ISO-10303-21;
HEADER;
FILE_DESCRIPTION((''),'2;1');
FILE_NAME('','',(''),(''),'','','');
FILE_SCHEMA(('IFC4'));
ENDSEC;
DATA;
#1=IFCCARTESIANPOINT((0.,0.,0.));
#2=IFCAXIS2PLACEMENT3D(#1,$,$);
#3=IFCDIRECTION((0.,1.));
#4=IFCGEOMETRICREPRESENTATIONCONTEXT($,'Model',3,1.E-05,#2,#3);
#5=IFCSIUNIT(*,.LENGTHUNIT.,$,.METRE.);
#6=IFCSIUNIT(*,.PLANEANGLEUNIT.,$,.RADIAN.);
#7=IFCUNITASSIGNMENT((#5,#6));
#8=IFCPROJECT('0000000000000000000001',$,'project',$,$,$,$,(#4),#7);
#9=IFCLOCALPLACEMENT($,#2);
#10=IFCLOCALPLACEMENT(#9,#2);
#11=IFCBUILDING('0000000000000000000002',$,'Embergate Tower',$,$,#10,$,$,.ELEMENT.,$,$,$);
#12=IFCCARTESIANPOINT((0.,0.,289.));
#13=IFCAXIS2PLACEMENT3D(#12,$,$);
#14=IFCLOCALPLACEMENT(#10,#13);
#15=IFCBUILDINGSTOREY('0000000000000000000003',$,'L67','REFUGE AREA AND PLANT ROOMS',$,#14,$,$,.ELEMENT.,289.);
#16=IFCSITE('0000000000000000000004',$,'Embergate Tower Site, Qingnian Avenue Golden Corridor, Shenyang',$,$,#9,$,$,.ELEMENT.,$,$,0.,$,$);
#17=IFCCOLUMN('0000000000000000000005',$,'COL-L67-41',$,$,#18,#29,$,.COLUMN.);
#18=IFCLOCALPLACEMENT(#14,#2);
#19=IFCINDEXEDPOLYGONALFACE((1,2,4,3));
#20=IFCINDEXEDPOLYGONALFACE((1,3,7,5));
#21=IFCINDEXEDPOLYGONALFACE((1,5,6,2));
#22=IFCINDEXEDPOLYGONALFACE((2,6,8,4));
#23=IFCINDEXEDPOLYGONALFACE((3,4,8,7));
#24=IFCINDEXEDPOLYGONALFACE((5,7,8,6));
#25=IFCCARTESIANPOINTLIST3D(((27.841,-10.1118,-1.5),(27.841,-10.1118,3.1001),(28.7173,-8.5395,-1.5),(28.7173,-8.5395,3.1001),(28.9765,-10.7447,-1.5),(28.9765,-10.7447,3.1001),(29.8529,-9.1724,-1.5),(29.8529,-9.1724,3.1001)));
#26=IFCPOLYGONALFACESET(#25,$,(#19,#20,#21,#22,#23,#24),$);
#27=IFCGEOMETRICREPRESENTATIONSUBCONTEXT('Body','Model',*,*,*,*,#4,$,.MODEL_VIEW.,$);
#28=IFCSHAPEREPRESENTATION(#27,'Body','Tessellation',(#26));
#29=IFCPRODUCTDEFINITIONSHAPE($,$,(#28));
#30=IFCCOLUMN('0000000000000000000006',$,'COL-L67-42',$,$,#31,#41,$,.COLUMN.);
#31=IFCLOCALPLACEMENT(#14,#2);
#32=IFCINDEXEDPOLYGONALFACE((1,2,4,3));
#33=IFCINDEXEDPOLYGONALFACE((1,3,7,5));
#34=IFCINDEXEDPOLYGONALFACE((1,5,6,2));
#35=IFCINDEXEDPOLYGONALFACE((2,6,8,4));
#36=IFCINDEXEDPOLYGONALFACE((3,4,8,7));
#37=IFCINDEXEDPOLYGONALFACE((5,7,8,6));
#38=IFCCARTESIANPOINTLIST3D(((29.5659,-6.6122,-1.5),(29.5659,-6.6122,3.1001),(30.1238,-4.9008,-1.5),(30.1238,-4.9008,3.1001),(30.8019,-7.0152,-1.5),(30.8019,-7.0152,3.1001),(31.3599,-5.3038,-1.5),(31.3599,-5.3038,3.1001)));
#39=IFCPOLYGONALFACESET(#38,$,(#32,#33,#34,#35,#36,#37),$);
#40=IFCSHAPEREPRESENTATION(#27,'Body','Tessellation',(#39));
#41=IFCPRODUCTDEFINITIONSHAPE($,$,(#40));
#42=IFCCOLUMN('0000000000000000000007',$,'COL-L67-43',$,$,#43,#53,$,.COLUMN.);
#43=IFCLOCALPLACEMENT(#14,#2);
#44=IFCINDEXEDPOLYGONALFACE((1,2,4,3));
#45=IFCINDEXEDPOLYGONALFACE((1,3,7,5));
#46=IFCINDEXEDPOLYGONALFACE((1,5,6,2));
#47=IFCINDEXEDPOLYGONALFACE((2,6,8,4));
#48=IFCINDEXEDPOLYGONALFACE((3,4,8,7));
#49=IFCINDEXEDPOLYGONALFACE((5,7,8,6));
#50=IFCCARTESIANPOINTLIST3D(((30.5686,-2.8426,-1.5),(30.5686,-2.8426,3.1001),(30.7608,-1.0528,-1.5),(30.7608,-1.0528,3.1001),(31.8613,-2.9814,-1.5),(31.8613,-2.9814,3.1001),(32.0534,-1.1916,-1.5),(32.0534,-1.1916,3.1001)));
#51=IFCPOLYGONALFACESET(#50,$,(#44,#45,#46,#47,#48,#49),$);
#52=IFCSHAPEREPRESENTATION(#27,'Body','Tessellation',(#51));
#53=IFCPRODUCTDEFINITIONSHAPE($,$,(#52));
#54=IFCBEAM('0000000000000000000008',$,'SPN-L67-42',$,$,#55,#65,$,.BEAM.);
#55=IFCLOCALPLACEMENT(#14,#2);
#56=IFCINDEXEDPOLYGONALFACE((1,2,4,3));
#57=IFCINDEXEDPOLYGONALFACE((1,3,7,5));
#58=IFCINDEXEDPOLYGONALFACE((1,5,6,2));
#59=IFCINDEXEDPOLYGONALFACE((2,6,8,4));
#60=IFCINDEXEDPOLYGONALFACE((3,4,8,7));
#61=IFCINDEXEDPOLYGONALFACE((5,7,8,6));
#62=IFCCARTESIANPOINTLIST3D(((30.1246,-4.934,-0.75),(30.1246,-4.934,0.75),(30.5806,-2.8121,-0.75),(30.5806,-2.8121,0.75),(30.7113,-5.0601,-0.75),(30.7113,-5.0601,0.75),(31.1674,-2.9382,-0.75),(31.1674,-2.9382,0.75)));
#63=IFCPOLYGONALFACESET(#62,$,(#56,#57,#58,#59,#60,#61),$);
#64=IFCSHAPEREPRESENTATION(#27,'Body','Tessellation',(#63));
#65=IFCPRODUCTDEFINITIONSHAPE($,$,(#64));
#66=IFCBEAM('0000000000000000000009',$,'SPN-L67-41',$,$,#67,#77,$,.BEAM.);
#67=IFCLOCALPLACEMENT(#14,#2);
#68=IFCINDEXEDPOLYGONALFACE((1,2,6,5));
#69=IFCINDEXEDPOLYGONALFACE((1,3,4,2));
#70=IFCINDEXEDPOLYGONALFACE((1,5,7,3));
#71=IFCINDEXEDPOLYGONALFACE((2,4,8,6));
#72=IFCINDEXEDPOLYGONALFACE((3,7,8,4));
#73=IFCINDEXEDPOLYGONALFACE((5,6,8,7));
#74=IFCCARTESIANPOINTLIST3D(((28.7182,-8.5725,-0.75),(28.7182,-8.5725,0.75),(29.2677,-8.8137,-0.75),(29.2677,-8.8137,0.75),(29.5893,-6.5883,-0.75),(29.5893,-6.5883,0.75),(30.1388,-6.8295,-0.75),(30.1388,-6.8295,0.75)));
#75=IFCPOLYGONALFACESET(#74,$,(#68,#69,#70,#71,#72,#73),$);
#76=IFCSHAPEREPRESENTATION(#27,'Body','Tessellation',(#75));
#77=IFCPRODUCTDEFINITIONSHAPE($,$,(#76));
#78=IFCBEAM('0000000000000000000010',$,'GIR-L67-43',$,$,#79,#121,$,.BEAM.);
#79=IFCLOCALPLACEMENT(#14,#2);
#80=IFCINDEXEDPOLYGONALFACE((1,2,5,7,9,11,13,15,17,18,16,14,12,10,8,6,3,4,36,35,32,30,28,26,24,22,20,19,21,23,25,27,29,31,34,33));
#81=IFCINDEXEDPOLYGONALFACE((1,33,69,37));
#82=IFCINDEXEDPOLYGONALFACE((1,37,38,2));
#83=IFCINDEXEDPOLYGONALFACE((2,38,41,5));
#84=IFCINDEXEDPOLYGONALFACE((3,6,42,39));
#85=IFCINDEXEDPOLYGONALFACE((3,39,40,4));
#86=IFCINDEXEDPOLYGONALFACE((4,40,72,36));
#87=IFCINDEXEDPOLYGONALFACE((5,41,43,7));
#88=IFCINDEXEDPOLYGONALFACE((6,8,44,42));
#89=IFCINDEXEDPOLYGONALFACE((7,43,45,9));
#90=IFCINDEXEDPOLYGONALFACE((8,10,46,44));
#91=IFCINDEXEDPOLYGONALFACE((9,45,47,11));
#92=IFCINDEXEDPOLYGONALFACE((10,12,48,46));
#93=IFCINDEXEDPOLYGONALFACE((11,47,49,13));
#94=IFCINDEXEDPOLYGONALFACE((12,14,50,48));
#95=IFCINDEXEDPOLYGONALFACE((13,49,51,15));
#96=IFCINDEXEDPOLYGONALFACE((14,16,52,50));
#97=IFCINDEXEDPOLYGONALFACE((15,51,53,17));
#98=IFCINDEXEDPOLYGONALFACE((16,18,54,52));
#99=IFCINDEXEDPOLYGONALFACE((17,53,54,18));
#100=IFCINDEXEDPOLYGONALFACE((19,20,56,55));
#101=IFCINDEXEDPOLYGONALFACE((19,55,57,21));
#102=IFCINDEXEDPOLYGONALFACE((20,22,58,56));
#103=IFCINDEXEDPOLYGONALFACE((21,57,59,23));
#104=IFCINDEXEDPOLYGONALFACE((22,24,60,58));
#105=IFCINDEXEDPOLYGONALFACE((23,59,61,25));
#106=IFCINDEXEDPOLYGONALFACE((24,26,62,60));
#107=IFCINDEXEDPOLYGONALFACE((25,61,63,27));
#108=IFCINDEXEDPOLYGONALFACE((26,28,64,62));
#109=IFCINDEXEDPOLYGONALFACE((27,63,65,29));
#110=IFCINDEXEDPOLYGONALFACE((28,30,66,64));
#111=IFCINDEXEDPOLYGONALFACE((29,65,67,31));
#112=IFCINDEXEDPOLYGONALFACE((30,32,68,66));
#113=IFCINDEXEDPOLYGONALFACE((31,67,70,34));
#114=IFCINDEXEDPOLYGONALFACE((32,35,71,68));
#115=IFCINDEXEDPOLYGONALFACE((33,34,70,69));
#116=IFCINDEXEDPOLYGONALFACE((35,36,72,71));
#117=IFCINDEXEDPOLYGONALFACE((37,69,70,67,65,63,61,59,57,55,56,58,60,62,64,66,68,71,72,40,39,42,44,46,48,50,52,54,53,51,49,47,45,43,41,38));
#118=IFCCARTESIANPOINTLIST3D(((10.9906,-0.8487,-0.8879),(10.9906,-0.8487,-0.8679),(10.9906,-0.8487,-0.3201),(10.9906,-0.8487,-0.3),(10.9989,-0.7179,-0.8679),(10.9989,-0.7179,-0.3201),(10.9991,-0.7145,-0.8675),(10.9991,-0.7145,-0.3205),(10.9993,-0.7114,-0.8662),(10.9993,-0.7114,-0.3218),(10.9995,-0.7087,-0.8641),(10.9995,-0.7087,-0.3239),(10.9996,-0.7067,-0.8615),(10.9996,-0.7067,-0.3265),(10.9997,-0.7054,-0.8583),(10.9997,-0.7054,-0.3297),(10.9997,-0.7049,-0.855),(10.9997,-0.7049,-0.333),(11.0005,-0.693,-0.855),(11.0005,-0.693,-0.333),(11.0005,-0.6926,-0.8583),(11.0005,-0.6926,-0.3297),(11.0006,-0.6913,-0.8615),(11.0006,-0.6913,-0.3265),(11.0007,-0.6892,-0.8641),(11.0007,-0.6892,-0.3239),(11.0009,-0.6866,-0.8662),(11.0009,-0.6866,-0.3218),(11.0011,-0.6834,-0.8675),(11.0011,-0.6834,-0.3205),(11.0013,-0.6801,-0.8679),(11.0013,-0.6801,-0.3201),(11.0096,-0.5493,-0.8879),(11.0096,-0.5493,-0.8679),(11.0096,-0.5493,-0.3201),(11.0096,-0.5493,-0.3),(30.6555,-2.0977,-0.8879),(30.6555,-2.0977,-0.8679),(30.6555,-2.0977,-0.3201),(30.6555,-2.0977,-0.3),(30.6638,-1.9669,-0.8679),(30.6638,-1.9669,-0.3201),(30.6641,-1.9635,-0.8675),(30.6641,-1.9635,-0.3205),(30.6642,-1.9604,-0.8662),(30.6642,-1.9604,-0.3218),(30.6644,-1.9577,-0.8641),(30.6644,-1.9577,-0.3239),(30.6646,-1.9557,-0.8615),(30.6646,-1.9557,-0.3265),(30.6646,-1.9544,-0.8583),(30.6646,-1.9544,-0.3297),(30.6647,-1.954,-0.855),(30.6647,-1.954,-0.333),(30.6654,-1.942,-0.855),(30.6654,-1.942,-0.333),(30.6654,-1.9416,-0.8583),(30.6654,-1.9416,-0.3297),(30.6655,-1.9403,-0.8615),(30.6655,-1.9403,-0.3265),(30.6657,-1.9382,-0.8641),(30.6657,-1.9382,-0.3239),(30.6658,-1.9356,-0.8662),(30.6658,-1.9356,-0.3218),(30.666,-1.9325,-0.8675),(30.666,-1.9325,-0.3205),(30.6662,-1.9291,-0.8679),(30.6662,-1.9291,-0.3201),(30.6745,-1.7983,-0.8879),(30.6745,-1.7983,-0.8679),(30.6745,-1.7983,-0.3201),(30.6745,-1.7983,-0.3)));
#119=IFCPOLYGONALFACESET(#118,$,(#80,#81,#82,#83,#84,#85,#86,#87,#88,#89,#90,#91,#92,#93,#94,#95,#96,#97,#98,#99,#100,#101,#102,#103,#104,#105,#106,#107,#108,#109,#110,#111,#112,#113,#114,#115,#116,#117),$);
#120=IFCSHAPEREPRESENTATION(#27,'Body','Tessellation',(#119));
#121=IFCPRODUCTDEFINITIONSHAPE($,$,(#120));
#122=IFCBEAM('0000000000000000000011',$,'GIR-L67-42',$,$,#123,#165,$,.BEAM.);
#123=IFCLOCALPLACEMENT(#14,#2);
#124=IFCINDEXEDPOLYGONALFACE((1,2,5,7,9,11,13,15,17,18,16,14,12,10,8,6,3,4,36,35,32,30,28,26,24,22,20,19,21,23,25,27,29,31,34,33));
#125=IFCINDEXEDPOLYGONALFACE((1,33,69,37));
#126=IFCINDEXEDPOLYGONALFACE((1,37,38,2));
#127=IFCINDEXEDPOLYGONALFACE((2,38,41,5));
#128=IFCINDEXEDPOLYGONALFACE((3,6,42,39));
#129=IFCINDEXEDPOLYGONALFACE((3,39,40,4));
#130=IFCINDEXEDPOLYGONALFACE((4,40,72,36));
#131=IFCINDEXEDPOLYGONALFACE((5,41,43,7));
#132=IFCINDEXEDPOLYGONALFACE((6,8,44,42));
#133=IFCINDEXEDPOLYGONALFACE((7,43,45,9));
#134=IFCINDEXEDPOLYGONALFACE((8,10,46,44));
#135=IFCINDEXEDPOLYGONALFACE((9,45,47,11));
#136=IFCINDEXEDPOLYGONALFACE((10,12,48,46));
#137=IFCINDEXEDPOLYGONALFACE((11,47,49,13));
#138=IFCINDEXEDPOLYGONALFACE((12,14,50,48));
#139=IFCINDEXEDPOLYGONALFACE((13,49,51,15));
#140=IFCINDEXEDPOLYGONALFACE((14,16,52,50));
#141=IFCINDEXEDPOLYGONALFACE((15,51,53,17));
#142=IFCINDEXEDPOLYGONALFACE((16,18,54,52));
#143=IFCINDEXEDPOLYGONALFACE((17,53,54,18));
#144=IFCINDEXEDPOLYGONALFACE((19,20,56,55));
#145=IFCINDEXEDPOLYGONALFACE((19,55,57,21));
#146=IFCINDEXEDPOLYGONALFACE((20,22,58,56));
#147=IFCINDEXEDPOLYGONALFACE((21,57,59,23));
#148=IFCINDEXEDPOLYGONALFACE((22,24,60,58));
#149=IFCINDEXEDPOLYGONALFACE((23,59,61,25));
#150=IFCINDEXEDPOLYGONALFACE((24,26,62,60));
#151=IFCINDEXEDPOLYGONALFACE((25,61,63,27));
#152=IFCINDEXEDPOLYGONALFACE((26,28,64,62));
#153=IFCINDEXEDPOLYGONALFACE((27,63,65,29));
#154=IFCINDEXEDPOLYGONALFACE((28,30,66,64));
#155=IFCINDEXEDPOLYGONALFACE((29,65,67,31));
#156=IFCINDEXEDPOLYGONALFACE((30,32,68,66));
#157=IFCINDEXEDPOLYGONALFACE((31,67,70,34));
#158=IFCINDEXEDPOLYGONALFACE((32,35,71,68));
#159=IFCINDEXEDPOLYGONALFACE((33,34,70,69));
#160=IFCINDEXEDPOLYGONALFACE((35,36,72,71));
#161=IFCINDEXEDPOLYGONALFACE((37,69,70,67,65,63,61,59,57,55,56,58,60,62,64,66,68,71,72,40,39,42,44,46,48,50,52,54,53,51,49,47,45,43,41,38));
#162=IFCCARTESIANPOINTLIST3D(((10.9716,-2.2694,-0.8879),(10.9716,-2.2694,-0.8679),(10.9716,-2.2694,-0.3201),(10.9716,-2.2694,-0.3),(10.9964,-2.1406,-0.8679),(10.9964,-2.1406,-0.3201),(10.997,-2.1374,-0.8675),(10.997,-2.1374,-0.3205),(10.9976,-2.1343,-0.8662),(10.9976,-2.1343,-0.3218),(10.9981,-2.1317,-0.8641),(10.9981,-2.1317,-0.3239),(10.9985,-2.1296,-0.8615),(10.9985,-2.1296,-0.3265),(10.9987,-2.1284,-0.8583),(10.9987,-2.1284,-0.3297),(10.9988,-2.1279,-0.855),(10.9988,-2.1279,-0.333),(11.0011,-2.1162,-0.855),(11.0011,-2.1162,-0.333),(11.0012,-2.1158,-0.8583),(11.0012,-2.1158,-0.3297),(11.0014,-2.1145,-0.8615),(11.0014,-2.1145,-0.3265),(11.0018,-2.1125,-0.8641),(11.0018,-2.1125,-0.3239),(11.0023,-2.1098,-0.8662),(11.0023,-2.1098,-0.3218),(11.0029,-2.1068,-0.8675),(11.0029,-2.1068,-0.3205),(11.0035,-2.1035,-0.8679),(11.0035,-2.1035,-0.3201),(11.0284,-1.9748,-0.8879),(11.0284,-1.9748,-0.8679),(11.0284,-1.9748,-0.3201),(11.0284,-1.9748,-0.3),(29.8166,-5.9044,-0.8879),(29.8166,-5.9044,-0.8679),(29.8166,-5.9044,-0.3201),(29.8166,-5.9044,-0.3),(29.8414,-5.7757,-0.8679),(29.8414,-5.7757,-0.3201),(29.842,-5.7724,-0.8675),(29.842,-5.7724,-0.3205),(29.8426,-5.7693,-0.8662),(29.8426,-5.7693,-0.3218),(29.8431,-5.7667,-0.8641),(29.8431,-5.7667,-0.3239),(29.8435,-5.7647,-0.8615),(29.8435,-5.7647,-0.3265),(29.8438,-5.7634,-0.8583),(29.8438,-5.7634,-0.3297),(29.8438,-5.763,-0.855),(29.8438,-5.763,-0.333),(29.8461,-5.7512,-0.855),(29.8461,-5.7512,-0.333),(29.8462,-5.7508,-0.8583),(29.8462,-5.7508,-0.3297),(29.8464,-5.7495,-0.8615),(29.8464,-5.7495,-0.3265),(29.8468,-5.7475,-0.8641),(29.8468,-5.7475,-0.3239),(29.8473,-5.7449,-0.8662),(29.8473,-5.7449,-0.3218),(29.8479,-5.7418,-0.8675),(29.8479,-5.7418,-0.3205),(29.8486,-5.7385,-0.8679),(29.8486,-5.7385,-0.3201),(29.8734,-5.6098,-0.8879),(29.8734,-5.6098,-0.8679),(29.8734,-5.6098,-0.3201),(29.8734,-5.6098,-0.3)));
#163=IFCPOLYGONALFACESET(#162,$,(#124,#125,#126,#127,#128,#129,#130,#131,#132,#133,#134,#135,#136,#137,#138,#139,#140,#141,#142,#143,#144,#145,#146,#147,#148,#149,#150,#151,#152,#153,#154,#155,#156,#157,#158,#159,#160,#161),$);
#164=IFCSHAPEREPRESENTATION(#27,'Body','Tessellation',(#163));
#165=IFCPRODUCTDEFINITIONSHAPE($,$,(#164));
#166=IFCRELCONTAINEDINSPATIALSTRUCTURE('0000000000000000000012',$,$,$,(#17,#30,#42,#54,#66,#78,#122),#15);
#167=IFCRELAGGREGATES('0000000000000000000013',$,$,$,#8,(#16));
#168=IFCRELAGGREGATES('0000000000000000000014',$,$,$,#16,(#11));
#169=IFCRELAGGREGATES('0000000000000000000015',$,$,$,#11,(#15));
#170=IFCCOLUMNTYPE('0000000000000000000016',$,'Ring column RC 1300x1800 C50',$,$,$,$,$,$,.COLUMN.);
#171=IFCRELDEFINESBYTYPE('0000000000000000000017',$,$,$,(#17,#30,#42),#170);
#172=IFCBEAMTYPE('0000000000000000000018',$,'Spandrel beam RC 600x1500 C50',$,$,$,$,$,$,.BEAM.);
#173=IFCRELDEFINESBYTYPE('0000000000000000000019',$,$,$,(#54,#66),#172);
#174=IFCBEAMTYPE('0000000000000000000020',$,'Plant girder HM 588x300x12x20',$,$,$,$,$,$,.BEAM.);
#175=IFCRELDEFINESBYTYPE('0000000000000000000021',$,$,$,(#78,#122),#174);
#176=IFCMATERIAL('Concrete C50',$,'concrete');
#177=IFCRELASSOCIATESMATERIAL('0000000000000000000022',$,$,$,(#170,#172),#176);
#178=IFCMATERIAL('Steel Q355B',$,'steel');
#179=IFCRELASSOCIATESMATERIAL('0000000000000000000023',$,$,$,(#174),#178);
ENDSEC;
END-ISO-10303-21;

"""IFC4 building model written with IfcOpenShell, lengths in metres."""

from ifc_helpers import new_model, si_unit, direction, frame, origin, origin_2d, place, context, subcontext, project, spatial, rectangle, i_section, extrude, source, transform, mapped, material, material_profile, profile_set, type_object, element, save


model = new_model("IFC4")

# Units and contexts
model_context = context("Model", 3, precision=1e-05, world=origin(), true_north=direction((0.0, 1.0)))
body_context = subcontext(model_context, "Body", "Model", "MODEL_VIEW")
ifc_project = project(units=[si_unit("LENGTHUNIT", "METRE"), si_unit("PLANEANGLEUNIT", "RADIAN")], contexts=[model_context])

# Site, building, storey
site_placement = place(None, origin())
site = spatial("IfcSite", under=ifc_project, at=site_placement, Name="Embergate Tower Site, Qingnian Avenue Golden Corridor, Shenyang", CompositionType="ELEMENT", RefElevation=0.0)
building_placement = place(site_placement, origin())
building = spatial("IfcBuilding", under=site, at=building_placement, Name="Embergate Tower", CompositionType="ELEMENT")
storey_placement = place(building_placement, frame((0.0, 0.0, 289.0)))
storey = spatial("IfcBuildingStorey", under=building, at=storey_placement, Name="L67", Description="REFUGE AREA AND PLANT ROOMS", CompositionType="ELEMENT", Elevation=289.0)

# Columns
ifc_material_1 = material(Name="Concrete C50", Category="concrete")
ifc_material_profile_1 = material_profile(ifc_material_1, rectangle(XDim=1.3, YDim=1.8, at=origin_2d()), Name="RC 1300x1800")
ifc_profile_set_1 = profile_set([ifc_material_profile_1], Name="Concrete C50")
column_type = type_object("IfcColumnType", Name="Ring column RC 1300x1800 C50", PredefinedType="COLUMN", material=ifc_profile_set_1)
shared_shape_1 = source(origin(), body_context, "Body", "SweptSolid", [
    extrude(rectangle(XDim=1.3, YDim=1.8, at=origin_2d()), origin(), (0.0, 0.0, 1.0), 4.6001),
])
for number, where, z_axis, x_axis, name in (
    (1, (28.8469, -9.6421, -1.5), (0.0, 0.0, 1.0), (0.873492, -0.486839, 0.0), "COL-L67-41"),
    (2, (30.4629, -5.958, -1.5), (0.0, 0.0, 1.0), (0.950754, -0.309946, 0.0), "COL-L67-42"),
    (3, (31.311, -2.0171, -1.5), (0.0, 0.0, 1.0), (0.994286, -0.10675, 0.0), "COL-L67-43"),
):
    element("IfcColumn", number, at=place(storey_placement, frame(where, z_axis=z_axis, x_axis=x_axis)), inside=storey, type_object=column_type, Name=name, PredefinedType="COLUMN", context=body_context, shape_type="MappedRepresentation", body=[
        mapped(shared_shape_1, transform((0.0, 0.0, 0.0))),
    ])

# Beams
ifc_material_profile_2 = material_profile(ifc_material_1, rectangle(XDim=0.6001, YDim=1.5, at=origin_2d()), Name="RC 600x1500")
ifc_profile_set_2 = profile_set([ifc_material_profile_2], Name="Concrete C50")
beam_type_1 = type_object("IfcBeamType", Name="Spandrel beam RC 600x1500 C50", PredefinedType="BEAM", material=ifc_profile_set_2)
shared_shape_2 = source(origin(), body_context, "Body", "SweptSolid", [
    extrude(rectangle(XDim=0.6001, YDim=1.5, at=origin_2d()), origin(), (0.0, 0.0, 1.0), 2.1704),
])
beam_1_placement = place(storey_placement, frame((30.418, -4.9971, 0.0), z_axis=(0.210113, 0.977677, 0.0), x_axis=(-0.977677, 0.210113, 0.0)))
element("IfcBeam", 4, at=beam_1_placement, inside=storey, type_object=beam_type_1, Name="SPN-L67-42", PredefinedType="BEAM", context=body_context, shape_type="MappedRepresentation", body=[
    mapped(shared_shape_2, transform((0.0, 0.0, 0.0))),
])
shared_shape_3 = source(origin(), body_context, "Body", "SweptSolid", [
    extrude(rectangle(XDim=0.6001, YDim=1.5, at=origin_2d()), origin(), (0.0, 0.0, 1.0), 2.167),
])
beam_2_placement = place(storey_placement, frame((28.9929, -8.6931, 0.0), z_axis=(0.401995, 0.915642, 0.0), x_axis=(-0.915642, 0.401995, 0.0)))
element("IfcBeam", 5, at=beam_2_placement, inside=storey, type_object=beam_type_1, Name="SPN-L67-41", PredefinedType="BEAM", context=body_context, shape_type="MappedRepresentation", body=[
    mapped(shared_shape_3, transform((0.0, 0.0, 0.0))),
])
ifc_material_2 = material(Name="Steel Q355B", Category="steel")
ifc_material_profile_3 = material_profile(ifc_material_2, i_section(OverallWidth=0.3, OverallDepth=0.5879, WebThickness=0.012, FlangeThickness=0.02, FilletRadius=0.0129, at=origin_2d()), Name="HM 588x300x12x20")
ifc_profile_set_3 = profile_set([ifc_material_profile_3], Name="Steel Q355 grade B")
beam_type_2 = type_object("IfcBeamType", Name="Plant girder HM 588x300x12x20", PredefinedType="BEAM", material=ifc_profile_set_3)
shared_shape_4 = source(origin(), body_context, "Body", "SweptSolid", [
    extrude(i_section(OverallWidth=0.3, OverallDepth=0.5879, WebThickness=0.012, FlangeThickness=0.02, FilletRadius=0.0129, at=origin_2d()), origin(), (0.0, 0.0, 1.0), 19.7046),
])
beam_3_placement = place(storey_placement, frame((30.665, -1.948, -0.594), z_axis=(-0.997989, 0.063387, 0.0), x_axis=(-0.063387, -0.997989, 0.0)))
element("IfcBeam", 6, at=beam_3_placement, inside=storey, type_object=beam_type_2, Name="GIR-L67-43", PredefinedType="BEAM", context=body_context, shape_type="MappedRepresentation", body=[
    mapped(shared_shape_4, transform((0.0, 0.0, 0.0))),
])
shared_shape_5 = source(origin(), body_context, "Body", "SweptSolid", [
    extrude(i_section(OverallWidth=0.3, OverallDepth=0.5879, WebThickness=0.012, FlangeThickness=0.02, FilletRadius=0.0129, at=origin_2d()), origin(), (0.0, 0.0, 1.0), 19.1924),
])
beam_4_placement = place(storey_placement, frame((29.845, -5.7571, -0.594), z_axis=(-0.9819, 0.189399, 0.0), x_axis=(-0.189399, -0.9819, 0.0)))
element("IfcBeam", 7, at=beam_4_placement, inside=storey, type_object=beam_type_2, Name="GIR-L67-42", PredefinedType="BEAM", context=body_context, shape_type="MappedRepresentation", body=[
    mapped(shared_shape_5, transform((0.0, 0.0, 0.0))),
])

save(model, "model.ifc")
